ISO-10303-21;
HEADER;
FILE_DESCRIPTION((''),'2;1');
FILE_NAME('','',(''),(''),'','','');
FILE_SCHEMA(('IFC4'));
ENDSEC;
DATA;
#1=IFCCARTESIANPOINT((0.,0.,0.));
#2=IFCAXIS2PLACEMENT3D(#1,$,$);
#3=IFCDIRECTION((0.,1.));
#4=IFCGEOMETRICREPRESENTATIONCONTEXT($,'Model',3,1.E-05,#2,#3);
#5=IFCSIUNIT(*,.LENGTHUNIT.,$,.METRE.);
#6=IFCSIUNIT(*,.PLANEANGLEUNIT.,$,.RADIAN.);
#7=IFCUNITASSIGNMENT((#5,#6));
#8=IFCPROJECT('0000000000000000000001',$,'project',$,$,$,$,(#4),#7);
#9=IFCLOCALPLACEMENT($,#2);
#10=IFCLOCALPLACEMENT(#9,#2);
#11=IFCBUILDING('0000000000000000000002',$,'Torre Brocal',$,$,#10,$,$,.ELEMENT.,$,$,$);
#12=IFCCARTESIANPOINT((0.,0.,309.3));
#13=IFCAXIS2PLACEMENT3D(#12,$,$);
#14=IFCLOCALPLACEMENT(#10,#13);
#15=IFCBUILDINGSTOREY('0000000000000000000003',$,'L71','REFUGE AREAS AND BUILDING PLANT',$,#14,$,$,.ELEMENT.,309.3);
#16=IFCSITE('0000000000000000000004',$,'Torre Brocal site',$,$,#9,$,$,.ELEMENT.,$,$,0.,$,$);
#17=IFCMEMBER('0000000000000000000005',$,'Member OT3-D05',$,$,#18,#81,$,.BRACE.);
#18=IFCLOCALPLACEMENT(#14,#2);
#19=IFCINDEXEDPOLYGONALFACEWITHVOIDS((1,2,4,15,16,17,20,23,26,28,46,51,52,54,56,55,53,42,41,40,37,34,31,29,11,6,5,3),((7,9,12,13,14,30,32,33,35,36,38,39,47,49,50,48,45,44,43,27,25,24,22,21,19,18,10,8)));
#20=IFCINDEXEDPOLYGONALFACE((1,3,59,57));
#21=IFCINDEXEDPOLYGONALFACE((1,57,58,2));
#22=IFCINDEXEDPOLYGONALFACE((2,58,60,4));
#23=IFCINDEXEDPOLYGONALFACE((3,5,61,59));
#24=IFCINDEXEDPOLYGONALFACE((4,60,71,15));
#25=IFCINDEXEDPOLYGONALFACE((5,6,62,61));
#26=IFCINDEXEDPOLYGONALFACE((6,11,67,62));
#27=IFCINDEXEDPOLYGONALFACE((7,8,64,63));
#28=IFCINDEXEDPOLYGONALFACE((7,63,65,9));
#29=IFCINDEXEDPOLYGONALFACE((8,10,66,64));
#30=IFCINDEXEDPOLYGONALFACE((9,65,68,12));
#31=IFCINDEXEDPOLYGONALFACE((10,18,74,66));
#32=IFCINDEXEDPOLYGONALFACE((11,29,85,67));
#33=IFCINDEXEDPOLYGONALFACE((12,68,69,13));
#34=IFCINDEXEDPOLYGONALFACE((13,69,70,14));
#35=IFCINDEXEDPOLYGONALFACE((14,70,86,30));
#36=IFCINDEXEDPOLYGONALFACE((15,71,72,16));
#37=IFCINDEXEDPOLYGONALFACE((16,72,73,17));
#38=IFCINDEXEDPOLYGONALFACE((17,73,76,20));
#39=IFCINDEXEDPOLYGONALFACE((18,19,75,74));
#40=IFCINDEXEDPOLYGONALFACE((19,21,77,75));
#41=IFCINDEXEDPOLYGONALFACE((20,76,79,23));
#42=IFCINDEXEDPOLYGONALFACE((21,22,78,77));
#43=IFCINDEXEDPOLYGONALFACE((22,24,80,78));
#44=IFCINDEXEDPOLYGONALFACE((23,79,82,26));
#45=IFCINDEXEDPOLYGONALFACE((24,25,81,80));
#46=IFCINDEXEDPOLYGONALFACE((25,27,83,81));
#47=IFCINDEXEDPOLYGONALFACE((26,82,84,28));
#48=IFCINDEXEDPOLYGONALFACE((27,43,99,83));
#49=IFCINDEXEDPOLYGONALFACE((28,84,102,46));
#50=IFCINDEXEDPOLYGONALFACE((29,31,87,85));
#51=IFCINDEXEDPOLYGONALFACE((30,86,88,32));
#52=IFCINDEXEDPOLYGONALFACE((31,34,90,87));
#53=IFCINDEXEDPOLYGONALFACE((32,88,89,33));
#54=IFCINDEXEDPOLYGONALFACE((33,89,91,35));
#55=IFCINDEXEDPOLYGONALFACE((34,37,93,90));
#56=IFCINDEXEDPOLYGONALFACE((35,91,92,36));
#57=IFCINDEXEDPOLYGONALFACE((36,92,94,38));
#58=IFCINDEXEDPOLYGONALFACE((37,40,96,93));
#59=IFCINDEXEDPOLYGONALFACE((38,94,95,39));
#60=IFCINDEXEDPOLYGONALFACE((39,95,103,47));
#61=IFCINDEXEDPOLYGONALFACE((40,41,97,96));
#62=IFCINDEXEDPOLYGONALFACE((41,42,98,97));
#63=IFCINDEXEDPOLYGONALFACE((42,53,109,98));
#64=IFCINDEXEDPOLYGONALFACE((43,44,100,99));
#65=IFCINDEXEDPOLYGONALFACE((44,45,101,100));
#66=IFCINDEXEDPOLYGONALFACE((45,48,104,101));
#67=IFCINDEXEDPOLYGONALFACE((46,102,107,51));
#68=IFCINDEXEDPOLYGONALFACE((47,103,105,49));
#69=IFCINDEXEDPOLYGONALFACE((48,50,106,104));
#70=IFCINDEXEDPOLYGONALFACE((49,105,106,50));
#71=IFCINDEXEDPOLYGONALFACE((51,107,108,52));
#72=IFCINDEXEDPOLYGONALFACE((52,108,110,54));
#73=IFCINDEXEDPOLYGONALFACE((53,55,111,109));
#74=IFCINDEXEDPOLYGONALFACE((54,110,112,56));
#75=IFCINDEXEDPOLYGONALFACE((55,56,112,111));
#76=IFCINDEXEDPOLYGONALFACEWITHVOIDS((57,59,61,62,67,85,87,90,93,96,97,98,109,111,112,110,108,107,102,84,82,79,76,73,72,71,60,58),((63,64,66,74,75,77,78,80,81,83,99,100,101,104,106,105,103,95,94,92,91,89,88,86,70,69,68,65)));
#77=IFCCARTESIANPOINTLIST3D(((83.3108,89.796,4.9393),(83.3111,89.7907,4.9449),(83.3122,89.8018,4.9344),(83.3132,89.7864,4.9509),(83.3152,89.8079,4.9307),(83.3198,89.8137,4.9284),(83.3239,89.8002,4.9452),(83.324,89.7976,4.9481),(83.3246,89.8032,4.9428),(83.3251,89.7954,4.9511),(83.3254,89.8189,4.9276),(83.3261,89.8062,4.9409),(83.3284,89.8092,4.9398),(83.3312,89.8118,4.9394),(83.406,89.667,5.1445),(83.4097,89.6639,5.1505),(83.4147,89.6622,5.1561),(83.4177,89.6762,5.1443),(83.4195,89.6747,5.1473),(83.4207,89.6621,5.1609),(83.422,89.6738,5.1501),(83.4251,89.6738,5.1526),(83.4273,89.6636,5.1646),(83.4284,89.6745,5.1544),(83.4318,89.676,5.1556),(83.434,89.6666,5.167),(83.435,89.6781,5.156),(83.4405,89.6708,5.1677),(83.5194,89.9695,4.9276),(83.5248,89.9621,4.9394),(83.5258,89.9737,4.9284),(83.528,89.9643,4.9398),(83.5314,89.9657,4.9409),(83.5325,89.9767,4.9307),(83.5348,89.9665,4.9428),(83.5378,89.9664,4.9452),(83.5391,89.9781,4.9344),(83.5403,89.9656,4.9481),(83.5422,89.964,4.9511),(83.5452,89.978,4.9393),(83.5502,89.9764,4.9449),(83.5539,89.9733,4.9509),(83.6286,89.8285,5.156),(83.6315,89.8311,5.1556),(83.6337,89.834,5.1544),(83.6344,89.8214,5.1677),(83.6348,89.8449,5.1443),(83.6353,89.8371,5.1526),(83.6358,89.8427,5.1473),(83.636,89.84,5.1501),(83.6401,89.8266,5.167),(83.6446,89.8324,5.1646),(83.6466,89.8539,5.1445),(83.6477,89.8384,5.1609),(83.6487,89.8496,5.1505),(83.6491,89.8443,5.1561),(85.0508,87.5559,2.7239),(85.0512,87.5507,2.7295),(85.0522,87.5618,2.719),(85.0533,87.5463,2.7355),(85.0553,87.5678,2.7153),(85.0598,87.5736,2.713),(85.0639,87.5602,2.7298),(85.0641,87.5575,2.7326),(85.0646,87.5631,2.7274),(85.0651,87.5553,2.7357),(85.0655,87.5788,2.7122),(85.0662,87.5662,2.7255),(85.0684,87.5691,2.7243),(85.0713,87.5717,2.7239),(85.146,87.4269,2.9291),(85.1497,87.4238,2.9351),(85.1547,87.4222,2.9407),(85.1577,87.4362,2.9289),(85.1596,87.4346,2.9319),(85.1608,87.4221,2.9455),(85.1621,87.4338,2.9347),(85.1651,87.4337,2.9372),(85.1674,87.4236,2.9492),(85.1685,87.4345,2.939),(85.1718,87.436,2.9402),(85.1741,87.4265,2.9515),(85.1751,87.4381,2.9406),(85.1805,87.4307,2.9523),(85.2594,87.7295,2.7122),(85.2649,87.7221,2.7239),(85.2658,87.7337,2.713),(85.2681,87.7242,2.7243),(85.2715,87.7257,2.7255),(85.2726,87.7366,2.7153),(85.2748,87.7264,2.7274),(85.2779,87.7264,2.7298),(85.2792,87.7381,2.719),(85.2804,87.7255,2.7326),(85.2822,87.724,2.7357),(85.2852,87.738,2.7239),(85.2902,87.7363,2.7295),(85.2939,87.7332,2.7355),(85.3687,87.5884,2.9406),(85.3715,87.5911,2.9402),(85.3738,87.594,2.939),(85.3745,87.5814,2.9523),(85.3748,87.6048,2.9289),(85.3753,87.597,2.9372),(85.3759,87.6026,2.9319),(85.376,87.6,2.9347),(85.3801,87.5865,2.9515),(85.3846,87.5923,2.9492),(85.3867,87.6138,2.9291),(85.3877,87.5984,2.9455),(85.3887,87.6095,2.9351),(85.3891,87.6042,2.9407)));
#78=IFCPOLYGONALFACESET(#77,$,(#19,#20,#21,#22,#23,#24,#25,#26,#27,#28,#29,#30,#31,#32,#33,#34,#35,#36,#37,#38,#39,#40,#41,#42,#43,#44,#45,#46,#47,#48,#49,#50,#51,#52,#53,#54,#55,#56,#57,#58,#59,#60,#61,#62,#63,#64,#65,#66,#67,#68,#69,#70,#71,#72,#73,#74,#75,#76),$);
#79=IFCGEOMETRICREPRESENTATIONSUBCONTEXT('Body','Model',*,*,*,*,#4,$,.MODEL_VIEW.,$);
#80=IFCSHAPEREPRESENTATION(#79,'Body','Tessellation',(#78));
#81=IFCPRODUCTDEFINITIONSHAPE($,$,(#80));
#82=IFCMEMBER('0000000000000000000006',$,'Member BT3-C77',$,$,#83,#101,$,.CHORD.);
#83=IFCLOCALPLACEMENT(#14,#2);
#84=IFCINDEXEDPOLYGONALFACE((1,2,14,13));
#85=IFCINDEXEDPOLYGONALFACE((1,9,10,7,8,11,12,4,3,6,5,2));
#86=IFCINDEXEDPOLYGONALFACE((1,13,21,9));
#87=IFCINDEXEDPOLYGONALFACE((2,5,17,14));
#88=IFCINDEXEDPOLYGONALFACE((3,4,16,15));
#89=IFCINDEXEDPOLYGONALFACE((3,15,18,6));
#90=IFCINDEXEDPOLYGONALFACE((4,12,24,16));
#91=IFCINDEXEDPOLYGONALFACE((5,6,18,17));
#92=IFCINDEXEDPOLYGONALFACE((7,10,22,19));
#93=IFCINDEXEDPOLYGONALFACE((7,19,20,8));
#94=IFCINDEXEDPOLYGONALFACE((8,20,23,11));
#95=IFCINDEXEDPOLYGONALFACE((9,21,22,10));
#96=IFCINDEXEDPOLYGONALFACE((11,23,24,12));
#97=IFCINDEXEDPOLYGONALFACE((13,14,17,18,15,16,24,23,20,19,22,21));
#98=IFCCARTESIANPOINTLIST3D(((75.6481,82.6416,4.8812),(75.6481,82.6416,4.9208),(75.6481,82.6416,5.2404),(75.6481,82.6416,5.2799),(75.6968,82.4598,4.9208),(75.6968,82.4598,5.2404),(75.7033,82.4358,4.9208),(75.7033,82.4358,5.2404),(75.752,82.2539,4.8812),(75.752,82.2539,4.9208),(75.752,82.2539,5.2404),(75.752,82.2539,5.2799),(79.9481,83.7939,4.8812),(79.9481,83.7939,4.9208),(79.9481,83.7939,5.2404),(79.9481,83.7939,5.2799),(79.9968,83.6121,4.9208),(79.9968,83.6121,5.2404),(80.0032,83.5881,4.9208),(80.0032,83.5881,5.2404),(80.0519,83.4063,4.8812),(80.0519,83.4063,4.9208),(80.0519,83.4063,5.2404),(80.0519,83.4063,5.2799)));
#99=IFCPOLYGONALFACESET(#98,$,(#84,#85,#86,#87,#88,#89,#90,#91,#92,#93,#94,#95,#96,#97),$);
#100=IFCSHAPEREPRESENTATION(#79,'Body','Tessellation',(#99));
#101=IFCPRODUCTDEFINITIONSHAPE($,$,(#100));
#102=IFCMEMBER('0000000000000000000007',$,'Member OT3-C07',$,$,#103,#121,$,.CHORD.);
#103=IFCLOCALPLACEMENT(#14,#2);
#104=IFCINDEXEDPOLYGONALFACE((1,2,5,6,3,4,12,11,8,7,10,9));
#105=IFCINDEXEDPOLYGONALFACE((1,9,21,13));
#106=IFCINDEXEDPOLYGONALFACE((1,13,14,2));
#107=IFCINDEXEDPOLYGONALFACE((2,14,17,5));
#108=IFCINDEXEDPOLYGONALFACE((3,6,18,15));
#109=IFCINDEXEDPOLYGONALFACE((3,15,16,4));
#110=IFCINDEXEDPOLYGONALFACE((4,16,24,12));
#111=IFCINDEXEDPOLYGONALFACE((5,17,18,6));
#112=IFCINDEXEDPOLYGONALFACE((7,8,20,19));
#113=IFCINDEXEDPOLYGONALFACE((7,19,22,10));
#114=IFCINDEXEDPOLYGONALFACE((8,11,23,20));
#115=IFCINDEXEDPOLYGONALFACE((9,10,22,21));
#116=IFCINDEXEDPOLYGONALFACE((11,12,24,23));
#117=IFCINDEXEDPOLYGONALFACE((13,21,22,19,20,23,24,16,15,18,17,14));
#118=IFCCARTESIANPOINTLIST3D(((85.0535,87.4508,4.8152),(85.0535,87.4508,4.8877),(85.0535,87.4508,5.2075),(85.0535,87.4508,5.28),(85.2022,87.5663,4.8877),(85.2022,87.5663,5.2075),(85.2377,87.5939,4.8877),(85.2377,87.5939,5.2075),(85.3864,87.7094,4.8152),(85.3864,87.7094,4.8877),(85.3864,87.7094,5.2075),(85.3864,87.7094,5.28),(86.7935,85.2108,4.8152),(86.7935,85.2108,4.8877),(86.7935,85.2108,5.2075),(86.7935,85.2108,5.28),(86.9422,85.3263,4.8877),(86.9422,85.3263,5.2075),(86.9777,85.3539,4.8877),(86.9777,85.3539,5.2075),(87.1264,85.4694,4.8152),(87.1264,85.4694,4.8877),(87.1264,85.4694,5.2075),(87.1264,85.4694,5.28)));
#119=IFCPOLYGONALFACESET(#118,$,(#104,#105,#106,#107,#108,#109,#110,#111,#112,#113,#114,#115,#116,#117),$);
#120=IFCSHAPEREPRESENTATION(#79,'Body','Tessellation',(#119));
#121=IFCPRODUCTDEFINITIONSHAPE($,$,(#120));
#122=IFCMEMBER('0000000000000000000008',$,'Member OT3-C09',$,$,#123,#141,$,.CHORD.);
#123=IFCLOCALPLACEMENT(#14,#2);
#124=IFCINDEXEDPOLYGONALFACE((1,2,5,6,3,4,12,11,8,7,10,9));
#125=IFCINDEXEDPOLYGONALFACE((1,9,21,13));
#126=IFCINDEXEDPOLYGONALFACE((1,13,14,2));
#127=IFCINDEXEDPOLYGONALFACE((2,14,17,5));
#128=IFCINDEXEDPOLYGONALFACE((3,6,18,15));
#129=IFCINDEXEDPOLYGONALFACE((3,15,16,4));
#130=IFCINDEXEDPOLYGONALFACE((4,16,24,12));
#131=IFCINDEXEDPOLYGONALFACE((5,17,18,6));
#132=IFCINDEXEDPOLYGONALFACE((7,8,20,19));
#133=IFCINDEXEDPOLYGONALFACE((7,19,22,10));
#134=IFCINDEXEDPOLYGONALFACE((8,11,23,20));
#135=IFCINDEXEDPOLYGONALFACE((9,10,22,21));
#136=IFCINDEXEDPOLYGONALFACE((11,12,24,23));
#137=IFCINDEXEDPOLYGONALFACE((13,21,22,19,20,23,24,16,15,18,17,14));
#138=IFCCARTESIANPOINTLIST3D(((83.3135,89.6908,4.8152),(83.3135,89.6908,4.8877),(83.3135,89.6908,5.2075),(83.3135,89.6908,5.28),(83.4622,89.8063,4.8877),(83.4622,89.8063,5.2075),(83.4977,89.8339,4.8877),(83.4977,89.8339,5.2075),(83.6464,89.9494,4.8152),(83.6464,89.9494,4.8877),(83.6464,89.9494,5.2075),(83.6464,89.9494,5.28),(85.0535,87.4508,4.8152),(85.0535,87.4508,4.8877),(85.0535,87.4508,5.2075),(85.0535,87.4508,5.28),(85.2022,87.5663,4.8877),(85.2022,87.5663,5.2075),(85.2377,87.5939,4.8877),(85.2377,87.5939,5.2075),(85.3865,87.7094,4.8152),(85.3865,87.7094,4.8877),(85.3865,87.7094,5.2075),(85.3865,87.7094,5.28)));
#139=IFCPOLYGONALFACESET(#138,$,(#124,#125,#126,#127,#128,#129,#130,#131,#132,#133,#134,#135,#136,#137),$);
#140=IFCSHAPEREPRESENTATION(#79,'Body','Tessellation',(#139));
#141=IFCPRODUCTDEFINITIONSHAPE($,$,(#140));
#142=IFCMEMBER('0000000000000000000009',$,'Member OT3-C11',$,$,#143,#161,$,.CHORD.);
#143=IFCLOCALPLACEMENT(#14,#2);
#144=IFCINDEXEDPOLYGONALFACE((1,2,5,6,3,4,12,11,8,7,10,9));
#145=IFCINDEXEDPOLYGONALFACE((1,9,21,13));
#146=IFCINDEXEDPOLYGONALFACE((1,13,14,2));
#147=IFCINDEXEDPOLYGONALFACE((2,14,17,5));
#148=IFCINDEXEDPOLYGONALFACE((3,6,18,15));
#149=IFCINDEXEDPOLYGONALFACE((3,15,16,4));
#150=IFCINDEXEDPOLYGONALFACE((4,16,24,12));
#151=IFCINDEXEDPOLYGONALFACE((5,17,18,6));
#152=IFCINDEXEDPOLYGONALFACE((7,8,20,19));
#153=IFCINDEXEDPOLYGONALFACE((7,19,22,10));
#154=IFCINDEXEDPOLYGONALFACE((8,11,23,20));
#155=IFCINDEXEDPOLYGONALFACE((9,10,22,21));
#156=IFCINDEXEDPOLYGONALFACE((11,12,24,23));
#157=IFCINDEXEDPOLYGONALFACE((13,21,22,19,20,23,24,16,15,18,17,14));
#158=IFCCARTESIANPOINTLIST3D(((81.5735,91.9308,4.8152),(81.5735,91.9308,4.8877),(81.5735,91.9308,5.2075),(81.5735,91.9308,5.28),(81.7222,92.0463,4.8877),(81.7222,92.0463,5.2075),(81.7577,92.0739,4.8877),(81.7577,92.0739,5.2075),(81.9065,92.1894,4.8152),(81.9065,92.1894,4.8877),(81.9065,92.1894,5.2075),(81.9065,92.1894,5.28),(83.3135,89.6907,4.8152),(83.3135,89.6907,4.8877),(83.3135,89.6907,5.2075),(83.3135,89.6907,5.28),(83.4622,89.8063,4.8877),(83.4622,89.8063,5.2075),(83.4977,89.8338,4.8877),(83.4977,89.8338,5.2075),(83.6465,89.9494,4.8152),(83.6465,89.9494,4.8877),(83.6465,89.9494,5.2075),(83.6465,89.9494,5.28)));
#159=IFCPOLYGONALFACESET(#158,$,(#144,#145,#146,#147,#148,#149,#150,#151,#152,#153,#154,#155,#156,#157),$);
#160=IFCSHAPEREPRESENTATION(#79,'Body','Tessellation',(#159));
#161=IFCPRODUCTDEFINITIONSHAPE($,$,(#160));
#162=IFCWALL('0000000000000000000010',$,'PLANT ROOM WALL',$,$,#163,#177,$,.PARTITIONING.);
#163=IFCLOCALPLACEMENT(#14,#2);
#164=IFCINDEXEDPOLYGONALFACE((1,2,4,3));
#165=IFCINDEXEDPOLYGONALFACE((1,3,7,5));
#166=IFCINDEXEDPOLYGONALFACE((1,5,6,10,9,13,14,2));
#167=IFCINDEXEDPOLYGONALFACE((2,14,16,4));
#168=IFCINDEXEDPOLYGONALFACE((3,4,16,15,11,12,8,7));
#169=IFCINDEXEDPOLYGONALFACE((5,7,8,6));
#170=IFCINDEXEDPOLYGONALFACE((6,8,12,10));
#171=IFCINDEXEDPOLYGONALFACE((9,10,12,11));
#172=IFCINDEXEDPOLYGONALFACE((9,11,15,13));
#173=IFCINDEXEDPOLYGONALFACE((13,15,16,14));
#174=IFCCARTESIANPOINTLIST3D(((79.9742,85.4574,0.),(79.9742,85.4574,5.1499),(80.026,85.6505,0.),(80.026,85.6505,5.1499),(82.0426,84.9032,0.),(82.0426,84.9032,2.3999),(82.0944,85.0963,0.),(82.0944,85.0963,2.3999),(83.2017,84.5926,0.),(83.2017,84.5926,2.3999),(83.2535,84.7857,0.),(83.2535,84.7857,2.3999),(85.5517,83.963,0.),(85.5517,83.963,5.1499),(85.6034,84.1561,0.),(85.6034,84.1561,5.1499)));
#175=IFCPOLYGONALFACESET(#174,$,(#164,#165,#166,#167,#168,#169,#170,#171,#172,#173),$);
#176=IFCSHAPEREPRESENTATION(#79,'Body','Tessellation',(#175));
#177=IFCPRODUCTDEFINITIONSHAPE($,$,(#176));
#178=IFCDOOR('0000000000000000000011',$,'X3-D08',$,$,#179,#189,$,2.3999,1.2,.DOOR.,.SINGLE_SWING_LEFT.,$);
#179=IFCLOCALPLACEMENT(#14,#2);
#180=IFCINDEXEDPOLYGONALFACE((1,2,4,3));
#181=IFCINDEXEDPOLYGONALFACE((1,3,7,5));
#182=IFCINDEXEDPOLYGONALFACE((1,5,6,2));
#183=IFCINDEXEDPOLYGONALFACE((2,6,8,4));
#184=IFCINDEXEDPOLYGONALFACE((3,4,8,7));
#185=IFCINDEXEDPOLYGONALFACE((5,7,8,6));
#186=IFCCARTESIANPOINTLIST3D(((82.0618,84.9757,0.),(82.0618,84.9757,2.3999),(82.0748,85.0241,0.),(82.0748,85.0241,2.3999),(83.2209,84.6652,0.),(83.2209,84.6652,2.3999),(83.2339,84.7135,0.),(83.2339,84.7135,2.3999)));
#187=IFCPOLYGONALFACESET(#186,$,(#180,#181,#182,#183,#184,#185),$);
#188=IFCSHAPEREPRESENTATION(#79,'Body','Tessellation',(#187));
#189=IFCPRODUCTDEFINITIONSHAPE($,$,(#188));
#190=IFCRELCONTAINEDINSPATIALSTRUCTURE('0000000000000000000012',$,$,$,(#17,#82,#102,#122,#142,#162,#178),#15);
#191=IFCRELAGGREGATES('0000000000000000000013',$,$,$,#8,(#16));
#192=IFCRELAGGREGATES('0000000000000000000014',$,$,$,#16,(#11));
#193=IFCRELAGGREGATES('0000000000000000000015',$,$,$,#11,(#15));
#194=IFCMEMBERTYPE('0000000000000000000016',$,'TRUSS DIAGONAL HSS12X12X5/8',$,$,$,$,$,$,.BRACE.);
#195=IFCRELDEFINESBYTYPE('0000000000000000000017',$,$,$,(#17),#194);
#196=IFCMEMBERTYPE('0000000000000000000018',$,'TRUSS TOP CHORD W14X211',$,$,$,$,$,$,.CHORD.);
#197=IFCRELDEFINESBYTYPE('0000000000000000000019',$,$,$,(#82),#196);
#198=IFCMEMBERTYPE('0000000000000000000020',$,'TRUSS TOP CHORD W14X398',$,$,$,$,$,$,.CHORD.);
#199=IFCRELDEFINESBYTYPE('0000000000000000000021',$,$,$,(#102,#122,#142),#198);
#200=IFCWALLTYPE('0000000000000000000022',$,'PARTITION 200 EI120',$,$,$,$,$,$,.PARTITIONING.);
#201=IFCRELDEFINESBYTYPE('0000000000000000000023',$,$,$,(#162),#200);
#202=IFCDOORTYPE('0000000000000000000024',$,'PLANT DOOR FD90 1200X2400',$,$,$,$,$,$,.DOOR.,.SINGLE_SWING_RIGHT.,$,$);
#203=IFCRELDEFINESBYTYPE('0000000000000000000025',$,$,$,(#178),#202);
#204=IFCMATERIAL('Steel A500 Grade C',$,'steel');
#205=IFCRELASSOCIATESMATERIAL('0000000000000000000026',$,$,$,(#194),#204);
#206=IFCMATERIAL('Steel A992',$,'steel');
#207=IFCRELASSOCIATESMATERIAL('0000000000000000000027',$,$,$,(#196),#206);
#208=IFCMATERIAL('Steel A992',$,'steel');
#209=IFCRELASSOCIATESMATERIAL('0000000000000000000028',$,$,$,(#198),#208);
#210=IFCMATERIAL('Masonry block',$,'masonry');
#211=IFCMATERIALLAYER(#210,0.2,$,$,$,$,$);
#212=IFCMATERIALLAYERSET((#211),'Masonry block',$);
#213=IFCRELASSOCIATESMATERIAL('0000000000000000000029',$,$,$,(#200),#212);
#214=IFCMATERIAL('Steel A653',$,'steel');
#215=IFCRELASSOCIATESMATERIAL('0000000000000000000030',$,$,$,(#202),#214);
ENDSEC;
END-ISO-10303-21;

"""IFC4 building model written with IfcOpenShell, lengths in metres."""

from ifc_helpers import new_model, si_unit, direction, frame, frame_2d, origin, origin_2d, place, context, subcontext, project, spatial, rectangle, hollow_rectangle, i_section, extrude, material, layer, layer_set, material_profile, profile_set, type_object, element, fill, save


model = new_model("IFC4")

# Units and contexts
model_context = context("Model", 3, precision=1e-05, world=origin(), true_north=direction((0.0, 1.0)))
body_context = subcontext(model_context, "Body", "Model", "MODEL_VIEW")
ifc_project = project(units=[si_unit("LENGTHUNIT", "METRE"), si_unit("PLANEANGLEUNIT", "RADIAN")], contexts=[model_context])

# Site, building, storey
site_placement = place(None, origin())
site = spatial("IfcSite", under=ifc_project, at=site_placement, Name="Torre Brocal site", CompositionType="ELEMENT", RefElevation=0.0)
building_placement = place(site_placement, origin())
building = spatial("IfcBuilding", under=site, at=building_placement, Name="Torre Brocal", CompositionType="ELEMENT")
storey_placement = place(building_placement, frame((0.0, 0.0, 309.3)))
storey = spatial("IfcBuildingStorey", under=building, at=storey_placement, Name="L71", Description="REFUGE AREAS AND BUILDING PLANT", CompositionType="ELEMENT", Elevation=309.3)

# Members
ifc_material_1 = material(Name="Steel A500 Grade C", Category="steel")
ifc_material_profile_1 = material_profile(ifc_material_1, hollow_rectangle(XDim=0.3047, YDim=0.3047, WallThickness=0.0149, InnerFilletRadius=0.0149, OuterFilletRadius=0.0295, at=origin_2d()), Name="HSS12X12X5/8")
ifc_profile_set_1 = profile_set([ifc_material_profile_1], Name="Steel A500 Grade C")
member_type_1 = type_object("IfcMemberType", Name="TRUSS DIAGONAL HSS12X12X5/8", PredefinedType="BRACE", material=ifc_profile_set_1)
for number, where, z_axis, x_axis, name in (
    (1, (85.22, 87.5801, 2.8323), (-0.483465, 0.622392, 0.615541), (-0.789732, -0.613452, 0.0), "Member OT3-D05"),
):
    element("IfcMember", number, at=place(storey_placement, frame(where, z_axis=z_axis, x_axis=x_axis)), inside=storey, type_object=member_type_1, Name=name, PredefinedType="BRACE", context=body_context, shape_type="SweptSolid", body=[
        extrude(hollow_rectangle(XDim=0.3047, YDim=0.3047, WallThickness=0.0149, InnerFilletRadius=0.0149, OuterFilletRadius=0.0295, at=origin_2d()), origin(), (0.0, 0.0, 1.0), 3.5991),
    ])
ifc_material_2 = material(Name="Steel A992", Category="steel")
ifc_material_profile_2 = material_profile(ifc_material_2, i_section(OverallWidth=0.4014, OverallDepth=0.3987, WebThickness=0.0249, FlangeThickness=0.0396, at=origin_2d()), Name="W14X211")
ifc_profile_set_2 = profile_set([ifc_material_profile_2], Name="Steel A992")
member_type_2 = type_object("IfcMemberType", Name="TRUSS TOP CHORD W14X211", PredefinedType="CHORD", material=ifc_profile_set_2)
member_1_placement = place(storey_placement, frame((80.0, 83.6001, 5.0806), z_axis=(-0.965917, -0.25885, 0.0), x_axis=(0.25885, -0.965917, 0.0)))
element("IfcMember", 2, at=member_1_placement, inside=storey, type_object=member_type_2, Name="Member BT3-C77", PredefinedType="CHORD", context=body_context, shape_type="SweptSolid", body=[
    extrude(i_section(OverallWidth=0.4014, OverallDepth=0.3987, WebThickness=0.0249, FlangeThickness=0.0396, at=origin_2d()), origin(), (0.0, 0.0, 1.0), 4.4517),
])
ifc_material_3 = material(Name="Steel A992", Category="steel")
ifc_material_profile_3 = material_profile(ifc_material_3, i_section(OverallWidth=0.4216, OverallDepth=0.4648, WebThickness=0.0449, FlangeThickness=0.0725, at=origin_2d()), Name="W14X398")
ifc_profile_set_3 = profile_set([ifc_material_profile_3], Name="Steel A992")
member_type_3 = type_object("IfcMemberType", Name="TRUSS TOP CHORD W14X398", PredefinedType="CHORD", material=ifc_profile_set_3)
for number, where, z_axis, x_axis, name in (
    (3, (86.96, 85.3401, 5.0476), (-0.613452, 0.789732, 0.0), (-0.789732, -0.613452, 0.0), "Member OT3-C07"),
    (4, (85.22, 87.5801, 5.0476), (-0.613452, 0.789732, 0.0), (-0.789732, -0.613452, 0.0), "Member OT3-C09"),
    (5, (83.48, 89.8201, 5.0476), (-0.613452, 0.789732, 0.0), (-0.789732, -0.613452, 0.0), "Member OT3-C11"),
):
    element("IfcMember", number, at=place(storey_placement, frame(where, z_axis=z_axis, x_axis=x_axis)), inside=storey, type_object=member_type_3, Name=name, PredefinedType="CHORD", context=body_context, shape_type="SweptSolid", body=[
        extrude(i_section(OverallWidth=0.4216, OverallDepth=0.4648, WebThickness=0.0449, FlangeThickness=0.0725, at=origin_2d()), origin(), (0.0, 0.0, 1.0), 2.8364),
    ])

# Wall, opening, door
ifc_material_4 = material(Name="Masonry block", Category="masonry")
ifc_layer_1 = layer(ifc_material_4, 0.2)
ifc_layer_set_1 = layer_set([ifc_layer_1], Name="Masonry block")
wall_type_1 = type_object("IfcWallType", Name="PARTITION 200 EI120", PredefinedType="PARTITIONING", material=ifc_layer_set_1)
wall_1_placement = place(storey_placement, frame((80.0, 85.554, 0.0), z_axis=(0.0, 0.0, 1.0), x_axis=(0.965929, -0.258807, 0.0)))
wall_1 = element("IfcWall", 6, at=wall_1_placement, inside=storey, type_object=wall_type_1, Name="PLANT ROOM WALL", PredefinedType="PARTITIONING", context=body_context, shape_type="SweptSolid", body=[
    extrude(rectangle(XDim=5.7742, YDim=0.2, at=frame_2d((2.8872, 0.0))), origin(), (0.0, 0.0, 1.0), 5.1499),
])
opening_1_placement = place(wall_1_placement, frame((2.1414, 0.0, 0.0)))
opening_1 = element("IfcOpeningElement", 7, at=opening_1_placement, cuts=wall_1, PredefinedType="OPENING", context=body_context, shape_type="SweptSolid", body=[
    extrude(rectangle(XDim=1.2, YDim=2.3999, at=frame_2d((0.6001, 1.2))), frame((0.0, 0.1099, 0.0), z_axis=(0.0, -1.0, 0.0), x_axis=(1.0, 0.0, 0.0)), (0.0, 0.0, 1.0), 0.22),
])
ifc_material_5 = material(Name="Steel A653", Category="steel")
door_type_1 = type_object("IfcDoorType", Name="PLANT DOOR FD90 1200X2400", OperationType="SINGLE_SWING_RIGHT", PredefinedType="DOOR", material=ifc_material_5)
door_1_placement = place(opening_1_placement, frame((1.2, 0.0, 0.0), z_axis=(0.0, 0.0, 1.0), x_axis=(-1.0, 0.0, 0.0)))
door_1 = element("IfcDoor", 8, at=door_1_placement, inside=storey, type_object=door_type_1, Name="X3-D08", OperationType="SINGLE_SWING_LEFT", OverallHeight=2.3999, OverallWidth=1.2, PredefinedType="DOOR", context=body_context, shape_type="SweptSolid", body=[
    extrude(rectangle(XDim=1.2, YDim=2.3999, at=frame_2d((0.6001, 1.2))), frame((0.0, 0.0249, 0.0), z_axis=(0.0, -1.0, 0.0), x_axis=(1.0, 0.0, 0.0)), (0.0, 0.0, 1.0), 0.05),
])
fill(opening_1, door_1)

save(model, "model.ifc")
